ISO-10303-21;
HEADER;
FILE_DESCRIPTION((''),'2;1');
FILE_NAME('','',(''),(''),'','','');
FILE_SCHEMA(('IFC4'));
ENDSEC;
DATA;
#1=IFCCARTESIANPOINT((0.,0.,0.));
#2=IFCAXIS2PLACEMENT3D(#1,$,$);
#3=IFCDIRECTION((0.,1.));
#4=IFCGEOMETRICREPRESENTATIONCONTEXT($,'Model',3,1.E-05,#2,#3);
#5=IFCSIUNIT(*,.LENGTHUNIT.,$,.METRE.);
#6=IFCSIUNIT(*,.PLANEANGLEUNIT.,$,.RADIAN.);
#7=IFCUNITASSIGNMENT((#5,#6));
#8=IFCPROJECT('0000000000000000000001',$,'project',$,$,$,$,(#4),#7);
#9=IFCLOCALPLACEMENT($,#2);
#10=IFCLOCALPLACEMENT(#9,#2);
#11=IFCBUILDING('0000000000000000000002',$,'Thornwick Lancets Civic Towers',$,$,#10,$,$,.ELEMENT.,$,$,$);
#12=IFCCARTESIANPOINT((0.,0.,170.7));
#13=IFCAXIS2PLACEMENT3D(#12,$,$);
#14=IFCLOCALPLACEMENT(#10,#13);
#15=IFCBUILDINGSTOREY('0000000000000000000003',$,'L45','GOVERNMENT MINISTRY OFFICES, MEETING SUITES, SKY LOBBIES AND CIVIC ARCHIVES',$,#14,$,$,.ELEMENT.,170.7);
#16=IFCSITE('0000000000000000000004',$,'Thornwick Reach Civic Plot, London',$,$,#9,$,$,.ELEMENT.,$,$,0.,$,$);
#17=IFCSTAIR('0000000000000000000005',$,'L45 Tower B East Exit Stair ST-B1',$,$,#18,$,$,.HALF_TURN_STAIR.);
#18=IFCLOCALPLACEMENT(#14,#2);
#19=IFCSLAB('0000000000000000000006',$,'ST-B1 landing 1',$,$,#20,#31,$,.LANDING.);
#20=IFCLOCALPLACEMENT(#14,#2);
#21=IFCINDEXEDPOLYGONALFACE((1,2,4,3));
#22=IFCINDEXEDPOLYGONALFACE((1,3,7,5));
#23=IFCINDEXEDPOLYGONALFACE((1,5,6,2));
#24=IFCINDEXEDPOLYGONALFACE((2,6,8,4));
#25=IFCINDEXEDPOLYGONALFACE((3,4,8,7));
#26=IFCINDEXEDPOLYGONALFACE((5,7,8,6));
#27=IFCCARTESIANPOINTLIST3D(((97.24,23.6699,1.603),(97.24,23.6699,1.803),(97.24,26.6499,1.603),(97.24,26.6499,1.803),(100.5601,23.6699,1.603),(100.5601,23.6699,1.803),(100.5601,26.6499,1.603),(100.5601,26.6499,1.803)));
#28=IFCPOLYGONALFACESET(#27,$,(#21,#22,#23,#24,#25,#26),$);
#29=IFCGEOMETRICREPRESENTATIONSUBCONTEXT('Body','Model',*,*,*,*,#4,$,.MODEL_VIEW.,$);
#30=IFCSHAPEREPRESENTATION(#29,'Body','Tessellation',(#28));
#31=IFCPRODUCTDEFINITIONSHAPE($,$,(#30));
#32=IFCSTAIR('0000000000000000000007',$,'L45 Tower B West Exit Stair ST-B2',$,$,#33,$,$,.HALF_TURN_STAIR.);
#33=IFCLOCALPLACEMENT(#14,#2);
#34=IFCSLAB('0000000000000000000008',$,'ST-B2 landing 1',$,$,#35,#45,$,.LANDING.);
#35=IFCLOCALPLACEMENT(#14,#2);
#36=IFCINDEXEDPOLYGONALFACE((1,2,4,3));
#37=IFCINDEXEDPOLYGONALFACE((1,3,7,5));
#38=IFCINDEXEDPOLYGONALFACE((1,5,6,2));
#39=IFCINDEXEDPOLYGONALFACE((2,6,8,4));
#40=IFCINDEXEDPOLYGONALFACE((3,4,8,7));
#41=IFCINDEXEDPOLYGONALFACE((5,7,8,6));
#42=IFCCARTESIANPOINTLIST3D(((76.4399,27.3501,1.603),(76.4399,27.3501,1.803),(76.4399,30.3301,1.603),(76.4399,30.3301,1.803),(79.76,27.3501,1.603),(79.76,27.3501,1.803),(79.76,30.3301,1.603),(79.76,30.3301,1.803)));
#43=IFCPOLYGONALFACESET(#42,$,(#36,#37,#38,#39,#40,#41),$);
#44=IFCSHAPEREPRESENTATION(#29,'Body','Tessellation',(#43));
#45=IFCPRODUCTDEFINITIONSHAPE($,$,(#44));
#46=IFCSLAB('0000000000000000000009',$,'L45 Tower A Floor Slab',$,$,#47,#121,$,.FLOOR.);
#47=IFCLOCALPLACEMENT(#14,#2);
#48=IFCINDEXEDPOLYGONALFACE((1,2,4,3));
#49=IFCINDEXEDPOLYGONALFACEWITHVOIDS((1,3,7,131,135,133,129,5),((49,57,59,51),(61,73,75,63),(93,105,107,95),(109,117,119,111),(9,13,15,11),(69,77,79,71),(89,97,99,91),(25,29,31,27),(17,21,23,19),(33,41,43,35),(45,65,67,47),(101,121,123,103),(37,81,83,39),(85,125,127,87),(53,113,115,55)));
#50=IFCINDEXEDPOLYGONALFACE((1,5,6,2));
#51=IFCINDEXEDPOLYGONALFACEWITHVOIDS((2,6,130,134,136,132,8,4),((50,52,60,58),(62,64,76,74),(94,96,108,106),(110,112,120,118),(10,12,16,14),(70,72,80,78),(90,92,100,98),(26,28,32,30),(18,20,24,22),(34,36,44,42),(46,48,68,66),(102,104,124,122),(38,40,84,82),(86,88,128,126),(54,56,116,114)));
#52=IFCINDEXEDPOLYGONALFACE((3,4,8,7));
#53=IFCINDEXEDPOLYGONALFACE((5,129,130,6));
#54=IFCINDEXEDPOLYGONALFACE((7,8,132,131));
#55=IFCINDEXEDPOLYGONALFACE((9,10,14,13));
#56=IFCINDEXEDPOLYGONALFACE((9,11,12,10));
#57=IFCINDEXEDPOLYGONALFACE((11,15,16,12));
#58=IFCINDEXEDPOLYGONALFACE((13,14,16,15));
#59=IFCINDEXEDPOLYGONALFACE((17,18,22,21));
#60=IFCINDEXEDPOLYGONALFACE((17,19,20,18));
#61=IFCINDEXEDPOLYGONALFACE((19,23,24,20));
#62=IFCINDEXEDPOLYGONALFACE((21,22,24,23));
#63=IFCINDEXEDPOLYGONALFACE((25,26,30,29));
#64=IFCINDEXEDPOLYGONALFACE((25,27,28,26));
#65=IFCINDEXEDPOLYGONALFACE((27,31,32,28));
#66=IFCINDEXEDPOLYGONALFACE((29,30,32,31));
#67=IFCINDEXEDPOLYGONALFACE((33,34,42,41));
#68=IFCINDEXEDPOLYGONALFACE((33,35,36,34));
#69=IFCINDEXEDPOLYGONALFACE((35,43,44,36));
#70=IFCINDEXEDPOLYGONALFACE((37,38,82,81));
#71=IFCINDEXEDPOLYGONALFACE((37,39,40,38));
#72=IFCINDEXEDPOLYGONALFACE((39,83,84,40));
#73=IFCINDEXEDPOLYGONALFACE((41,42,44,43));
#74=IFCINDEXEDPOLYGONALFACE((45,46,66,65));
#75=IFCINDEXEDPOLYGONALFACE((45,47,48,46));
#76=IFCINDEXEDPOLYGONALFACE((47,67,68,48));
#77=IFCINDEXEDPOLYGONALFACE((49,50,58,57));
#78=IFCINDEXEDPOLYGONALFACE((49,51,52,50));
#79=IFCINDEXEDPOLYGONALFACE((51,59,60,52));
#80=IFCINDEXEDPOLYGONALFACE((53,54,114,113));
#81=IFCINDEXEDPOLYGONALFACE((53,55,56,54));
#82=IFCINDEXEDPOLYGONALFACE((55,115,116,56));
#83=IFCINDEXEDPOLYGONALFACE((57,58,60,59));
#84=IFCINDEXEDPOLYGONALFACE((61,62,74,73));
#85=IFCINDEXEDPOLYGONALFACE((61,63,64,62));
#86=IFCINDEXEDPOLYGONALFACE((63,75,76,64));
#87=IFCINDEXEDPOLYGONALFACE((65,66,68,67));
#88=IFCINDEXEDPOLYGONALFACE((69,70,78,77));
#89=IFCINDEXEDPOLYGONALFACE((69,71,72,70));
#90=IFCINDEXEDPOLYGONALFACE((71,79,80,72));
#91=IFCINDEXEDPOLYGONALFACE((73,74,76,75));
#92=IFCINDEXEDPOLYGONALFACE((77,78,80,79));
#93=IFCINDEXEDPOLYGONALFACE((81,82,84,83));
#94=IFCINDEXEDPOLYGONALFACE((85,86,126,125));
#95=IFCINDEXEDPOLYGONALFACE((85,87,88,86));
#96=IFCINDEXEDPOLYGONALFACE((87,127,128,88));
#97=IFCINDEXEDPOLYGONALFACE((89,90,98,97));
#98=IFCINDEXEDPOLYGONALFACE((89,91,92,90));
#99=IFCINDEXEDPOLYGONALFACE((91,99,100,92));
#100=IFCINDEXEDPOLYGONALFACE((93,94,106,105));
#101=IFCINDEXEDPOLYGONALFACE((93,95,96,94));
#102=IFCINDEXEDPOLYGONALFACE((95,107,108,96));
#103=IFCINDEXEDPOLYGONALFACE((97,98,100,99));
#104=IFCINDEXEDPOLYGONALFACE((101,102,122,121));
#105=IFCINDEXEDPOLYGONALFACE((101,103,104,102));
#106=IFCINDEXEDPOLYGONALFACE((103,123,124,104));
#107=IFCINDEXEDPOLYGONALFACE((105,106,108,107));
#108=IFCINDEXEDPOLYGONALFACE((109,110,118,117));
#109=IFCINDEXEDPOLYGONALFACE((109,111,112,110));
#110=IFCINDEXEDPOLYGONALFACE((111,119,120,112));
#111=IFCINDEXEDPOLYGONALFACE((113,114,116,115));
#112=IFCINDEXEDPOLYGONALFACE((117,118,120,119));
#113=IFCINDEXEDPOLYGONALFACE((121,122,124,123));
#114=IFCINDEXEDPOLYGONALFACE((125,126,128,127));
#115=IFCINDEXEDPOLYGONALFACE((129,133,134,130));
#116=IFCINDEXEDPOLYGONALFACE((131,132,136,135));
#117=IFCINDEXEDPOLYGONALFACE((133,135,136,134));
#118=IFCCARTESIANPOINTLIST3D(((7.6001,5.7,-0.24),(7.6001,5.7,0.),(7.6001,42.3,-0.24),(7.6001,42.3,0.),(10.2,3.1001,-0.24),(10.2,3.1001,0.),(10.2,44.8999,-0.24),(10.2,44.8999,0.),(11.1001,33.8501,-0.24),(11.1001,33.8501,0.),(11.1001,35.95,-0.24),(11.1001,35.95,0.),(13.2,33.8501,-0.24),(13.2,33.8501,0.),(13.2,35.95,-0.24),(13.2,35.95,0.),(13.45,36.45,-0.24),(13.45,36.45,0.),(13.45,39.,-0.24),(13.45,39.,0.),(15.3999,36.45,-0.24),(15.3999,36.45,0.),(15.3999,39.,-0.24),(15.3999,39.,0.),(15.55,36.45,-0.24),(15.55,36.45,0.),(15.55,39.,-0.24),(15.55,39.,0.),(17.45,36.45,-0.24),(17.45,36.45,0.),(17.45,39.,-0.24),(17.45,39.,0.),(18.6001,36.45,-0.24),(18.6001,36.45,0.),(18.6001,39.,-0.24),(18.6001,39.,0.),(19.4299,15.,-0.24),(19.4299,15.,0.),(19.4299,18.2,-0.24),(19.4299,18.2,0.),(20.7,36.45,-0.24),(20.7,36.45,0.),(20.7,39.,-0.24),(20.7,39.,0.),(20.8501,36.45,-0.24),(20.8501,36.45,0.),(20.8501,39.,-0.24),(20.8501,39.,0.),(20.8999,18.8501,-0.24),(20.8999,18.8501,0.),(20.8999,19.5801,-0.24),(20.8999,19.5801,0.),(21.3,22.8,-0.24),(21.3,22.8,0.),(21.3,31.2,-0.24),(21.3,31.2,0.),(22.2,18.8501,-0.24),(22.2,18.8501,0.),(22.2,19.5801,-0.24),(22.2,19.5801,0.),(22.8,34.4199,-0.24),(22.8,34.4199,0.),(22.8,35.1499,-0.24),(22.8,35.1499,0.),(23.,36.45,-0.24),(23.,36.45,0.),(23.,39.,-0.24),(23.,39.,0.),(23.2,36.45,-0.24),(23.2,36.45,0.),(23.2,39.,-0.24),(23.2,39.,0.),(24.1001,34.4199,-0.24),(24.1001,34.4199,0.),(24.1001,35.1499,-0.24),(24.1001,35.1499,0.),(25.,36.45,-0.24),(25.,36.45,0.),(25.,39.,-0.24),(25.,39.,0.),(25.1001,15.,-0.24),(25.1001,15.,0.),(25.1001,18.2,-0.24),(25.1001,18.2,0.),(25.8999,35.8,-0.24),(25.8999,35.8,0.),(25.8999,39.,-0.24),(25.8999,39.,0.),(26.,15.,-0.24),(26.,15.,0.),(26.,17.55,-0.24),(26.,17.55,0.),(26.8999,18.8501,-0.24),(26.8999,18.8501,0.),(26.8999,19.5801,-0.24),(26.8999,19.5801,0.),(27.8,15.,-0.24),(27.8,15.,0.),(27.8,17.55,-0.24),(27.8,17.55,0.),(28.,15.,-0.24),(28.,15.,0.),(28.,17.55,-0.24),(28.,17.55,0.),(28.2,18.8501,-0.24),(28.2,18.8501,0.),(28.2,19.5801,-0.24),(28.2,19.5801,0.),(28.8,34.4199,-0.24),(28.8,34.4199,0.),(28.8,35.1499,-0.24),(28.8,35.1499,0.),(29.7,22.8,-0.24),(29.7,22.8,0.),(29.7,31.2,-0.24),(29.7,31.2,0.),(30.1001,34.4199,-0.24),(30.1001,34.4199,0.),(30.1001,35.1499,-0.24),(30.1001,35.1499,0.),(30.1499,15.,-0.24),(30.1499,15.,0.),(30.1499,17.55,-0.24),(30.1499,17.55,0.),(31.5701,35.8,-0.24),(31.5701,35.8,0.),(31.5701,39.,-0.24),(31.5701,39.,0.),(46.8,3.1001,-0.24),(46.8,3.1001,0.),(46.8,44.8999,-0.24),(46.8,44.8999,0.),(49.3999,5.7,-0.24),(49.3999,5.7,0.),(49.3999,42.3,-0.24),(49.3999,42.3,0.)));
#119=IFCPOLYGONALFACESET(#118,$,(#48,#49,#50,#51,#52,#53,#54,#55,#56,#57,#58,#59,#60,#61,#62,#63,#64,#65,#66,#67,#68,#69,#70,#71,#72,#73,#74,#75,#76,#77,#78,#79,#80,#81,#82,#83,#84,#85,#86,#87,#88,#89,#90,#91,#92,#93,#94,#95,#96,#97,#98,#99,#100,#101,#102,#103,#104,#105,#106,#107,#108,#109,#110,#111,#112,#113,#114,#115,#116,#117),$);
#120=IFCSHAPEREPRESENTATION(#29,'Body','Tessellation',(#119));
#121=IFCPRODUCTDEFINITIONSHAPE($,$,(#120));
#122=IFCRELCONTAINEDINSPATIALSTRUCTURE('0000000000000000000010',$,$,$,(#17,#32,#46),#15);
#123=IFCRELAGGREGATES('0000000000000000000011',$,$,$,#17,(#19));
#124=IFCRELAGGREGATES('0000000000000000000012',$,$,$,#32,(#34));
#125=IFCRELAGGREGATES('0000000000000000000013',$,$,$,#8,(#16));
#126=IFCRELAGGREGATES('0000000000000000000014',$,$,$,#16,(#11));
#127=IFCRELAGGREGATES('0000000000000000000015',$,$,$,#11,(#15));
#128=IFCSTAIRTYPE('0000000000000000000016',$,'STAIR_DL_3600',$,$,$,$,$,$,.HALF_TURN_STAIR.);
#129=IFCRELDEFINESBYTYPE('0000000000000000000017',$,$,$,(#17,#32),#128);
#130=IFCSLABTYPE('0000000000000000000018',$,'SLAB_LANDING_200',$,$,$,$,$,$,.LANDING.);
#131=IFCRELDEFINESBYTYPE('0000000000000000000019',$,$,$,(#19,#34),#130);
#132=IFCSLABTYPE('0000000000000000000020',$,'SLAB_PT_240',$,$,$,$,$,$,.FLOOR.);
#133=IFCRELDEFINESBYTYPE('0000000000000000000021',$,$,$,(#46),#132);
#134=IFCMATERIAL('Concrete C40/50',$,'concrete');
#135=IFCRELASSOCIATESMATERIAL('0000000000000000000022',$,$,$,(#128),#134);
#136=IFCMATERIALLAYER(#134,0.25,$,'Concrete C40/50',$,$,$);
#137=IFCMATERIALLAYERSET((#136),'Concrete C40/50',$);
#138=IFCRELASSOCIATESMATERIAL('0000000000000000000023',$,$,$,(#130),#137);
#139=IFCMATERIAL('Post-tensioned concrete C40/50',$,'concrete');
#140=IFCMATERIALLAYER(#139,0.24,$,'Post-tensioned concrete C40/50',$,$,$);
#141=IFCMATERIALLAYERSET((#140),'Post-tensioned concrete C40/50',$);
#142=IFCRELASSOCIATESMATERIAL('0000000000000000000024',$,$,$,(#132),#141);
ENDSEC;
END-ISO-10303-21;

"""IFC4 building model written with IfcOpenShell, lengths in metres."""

from ifc_helpers import new_model, si_unit, direction, frame, origin, place, context, subcontext, project, spatial, polyline, outline, extrude, material, layer, layer_set, type_object, element, aggregate, save


model = new_model("IFC4")

# Units and contexts
model_context = context("Model", 3, precision=1e-05, world=origin(), true_north=direction((0.0, 1.0)))
body_context = subcontext(model_context, "Body", "Model", "MODEL_VIEW")
ifc_project = project(units=[si_unit("LENGTHUNIT", "METRE"), si_unit("PLANEANGLEUNIT", "RADIAN")], contexts=[model_context])

# Site, building, storey
site_placement = place(None, origin())
site = spatial("IfcSite", under=ifc_project, at=site_placement, Name="Thornwick Reach Civic Plot, London", CompositionType="ELEMENT", RefElevation=0.0)
building_placement = place(site_placement, origin())
building = spatial("IfcBuilding", under=site, at=building_placement, Name="Thornwick Lancets Civic Towers", CompositionType="ELEMENT")
storey_placement = place(building_placement, frame((0.0, 0.0, 170.7)))
storey = spatial("IfcBuildingStorey", under=building, at=storey_placement, Name="L45", Description="GOVERNMENT MINISTRY OFFICES, MEETING SUITES, SKY LOBBIES AND CIVIC ARCHIVES", CompositionType="ELEMENT", Elevation=170.7)

# Shared definitions
ifc_material_1 = material(Name="Post-tensioned concrete C40/50", Category="concrete")

# Stairs, slabs
ifc_material_2 = material(Name="Concrete C40/50", Category="concrete")
stair_type = type_object("IfcStairType", Name="STAIR_DL_3600", PredefinedType="HALF_TURN_STAIR", material=ifc_material_2)
ifc_layer_1 = layer(ifc_material_2, 0.25, Name="Concrete C40/50")
ifc_layer_set_1 = layer_set([ifc_layer_1], Name="Concrete C40/50")
slab_type_1 = type_object("IfcSlabType", Name="SLAB_LANDING_200", PredefinedType="LANDING", material=ifc_layer_set_1)
stair_1_placement = place(storey_placement, origin())
stair_1 = element("IfcStair", 1, at=stair_1_placement, inside=storey, type_object=stair_type, Name="L45 Tower B East Exit Stair ST-B1", PredefinedType="HALF_TURN_STAIR")
slab_1_placement = place(storey_placement, frame((0.0, 0.0, 1.603)))
slab_1 = element("IfcSlab", 2, at=slab_1_placement, type_object=slab_type_1, Name="ST-B1 landing 1", PredefinedType="LANDING", context=body_context, shape_type="SweptSolid", body=[
    extrude(outline(polyline([(100.5601, 23.6699), (100.5601, 26.6499), (97.24, 26.6499), (97.24, 23.6699), (100.5601, 23.6699)])), origin(), (0.0, 0.0, 1.0), 0.2),
])
aggregate(stair_1, [slab_1])
stair_2_placement = place(storey_placement, origin())
stair_2 = element("IfcStair", 3, at=stair_2_placement, inside=storey, type_object=stair_type, Name="L45 Tower B West Exit Stair ST-B2", PredefinedType="HALF_TURN_STAIR")
slab_2_placement = place(storey_placement, frame((0.0, 0.0, 1.603)))
slab_2 = element("IfcSlab", 4, at=slab_2_placement, type_object=slab_type_1, Name="ST-B2 landing 1", PredefinedType="LANDING", context=body_context, shape_type="SweptSolid", body=[
    extrude(outline(polyline([(76.4399, 30.3301), (76.4399, 27.3501), (79.76, 27.3501), (79.76, 30.3301), (76.4399, 30.3301)])), origin(), (0.0, 0.0, 1.0), 0.2),
])
aggregate(stair_2, [slab_2])

# Slab
ifc_layer_2 = layer(ifc_material_1, 0.24, Name="Post-tensioned concrete C40/50")
ifc_layer_set_2 = layer_set([ifc_layer_2], Name="Post-tensioned concrete C40/50")
slab_type_2 = type_object("IfcSlabType", Name="SLAB_PT_240", PredefinedType="FLOOR", material=ifc_layer_set_2)
slab_3_placement = place(storey_placement, frame((0.0, 0.0, -0.24)))
element("IfcSlab", 5, at=slab_3_placement, inside=storey, type_object=slab_type_2, Name="L45 Tower A Floor Slab", PredefinedType="FLOOR", context=body_context, shape_type="SweptSolid", body=[
    extrude(outline(polyline([(10.2, 3.1001), (46.8, 3.1001), (49.3999, 5.7), (49.3999, 42.3), (46.8, 44.8999), (10.2, 44.8999), (7.6001, 42.3), (7.6001, 5.7), (10.2, 3.1001)]), holes=[polyline([(21.3, 22.8), (29.7, 22.8), (29.7, 31.2), (21.3, 31.2), (21.3, 22.8)]), polyline([(19.4299, 15.0), (25.1001, 15.0), (25.1001, 18.2), (19.4299, 18.2), (19.4299, 15.0)]), polyline([(31.5701, 39.0), (25.8999, 39.0), (25.8999, 35.8), (31.5701, 35.8), (31.5701, 39.0)]), polyline([(26.0, 15.0), (27.8, 15.0), (27.8, 17.55), (26.0, 17.55), (26.0, 15.0)]), polyline([(28.0, 15.0), (30.1499, 15.0), (30.1499, 17.55), (28.0, 17.55), (28.0, 15.0)]), polyline([(23.2, 36.45), (25.0, 36.45), (25.0, 39.0), (23.2, 39.0), (23.2, 36.45)]), polyline([(20.8501, 36.45), (23.0, 36.45), (23.0, 39.0), (20.8501, 39.0), (20.8501, 36.45)]), polyline([(18.6001, 36.45), (20.7, 36.45), (20.7, 39.0), (18.6001, 39.0), (18.6001, 36.45)]), polyline([(15.55, 36.45), (17.45, 36.45), (17.45, 39.0), (15.55, 39.0), (15.55, 36.45)]), polyline([(13.45, 36.45), (15.3999, 36.45), (15.3999, 39.0), (13.45, 39.0), (13.45, 36.45)]), polyline([(11.1001, 33.8501), (13.2, 33.8501), (13.2, 35.95), (11.1001, 35.95), (11.1001, 33.8501)]), polyline([(26.8999, 18.8501), (28.2, 18.8501), (28.2, 19.5801), (26.8999, 19.5801), (26.8999, 18.8501)]), polyline([(20.8999, 18.8501), (22.2, 18.8501), (22.2, 19.5801), (20.8999, 19.5801), (20.8999, 18.8501)]), polyline([(22.8, 34.4199), (24.1001, 34.4199), (24.1001, 35.1499), (22.8, 35.1499), (22.8, 34.4199)]), polyline([(28.8, 34.4199), (30.1001, 34.4199), (30.1001, 35.1499), (28.8, 35.1499), (28.8, 34.4199)])]), origin(), (0.0, 0.0, 1.0), 0.24),
])

save(model, "model.ifc")
